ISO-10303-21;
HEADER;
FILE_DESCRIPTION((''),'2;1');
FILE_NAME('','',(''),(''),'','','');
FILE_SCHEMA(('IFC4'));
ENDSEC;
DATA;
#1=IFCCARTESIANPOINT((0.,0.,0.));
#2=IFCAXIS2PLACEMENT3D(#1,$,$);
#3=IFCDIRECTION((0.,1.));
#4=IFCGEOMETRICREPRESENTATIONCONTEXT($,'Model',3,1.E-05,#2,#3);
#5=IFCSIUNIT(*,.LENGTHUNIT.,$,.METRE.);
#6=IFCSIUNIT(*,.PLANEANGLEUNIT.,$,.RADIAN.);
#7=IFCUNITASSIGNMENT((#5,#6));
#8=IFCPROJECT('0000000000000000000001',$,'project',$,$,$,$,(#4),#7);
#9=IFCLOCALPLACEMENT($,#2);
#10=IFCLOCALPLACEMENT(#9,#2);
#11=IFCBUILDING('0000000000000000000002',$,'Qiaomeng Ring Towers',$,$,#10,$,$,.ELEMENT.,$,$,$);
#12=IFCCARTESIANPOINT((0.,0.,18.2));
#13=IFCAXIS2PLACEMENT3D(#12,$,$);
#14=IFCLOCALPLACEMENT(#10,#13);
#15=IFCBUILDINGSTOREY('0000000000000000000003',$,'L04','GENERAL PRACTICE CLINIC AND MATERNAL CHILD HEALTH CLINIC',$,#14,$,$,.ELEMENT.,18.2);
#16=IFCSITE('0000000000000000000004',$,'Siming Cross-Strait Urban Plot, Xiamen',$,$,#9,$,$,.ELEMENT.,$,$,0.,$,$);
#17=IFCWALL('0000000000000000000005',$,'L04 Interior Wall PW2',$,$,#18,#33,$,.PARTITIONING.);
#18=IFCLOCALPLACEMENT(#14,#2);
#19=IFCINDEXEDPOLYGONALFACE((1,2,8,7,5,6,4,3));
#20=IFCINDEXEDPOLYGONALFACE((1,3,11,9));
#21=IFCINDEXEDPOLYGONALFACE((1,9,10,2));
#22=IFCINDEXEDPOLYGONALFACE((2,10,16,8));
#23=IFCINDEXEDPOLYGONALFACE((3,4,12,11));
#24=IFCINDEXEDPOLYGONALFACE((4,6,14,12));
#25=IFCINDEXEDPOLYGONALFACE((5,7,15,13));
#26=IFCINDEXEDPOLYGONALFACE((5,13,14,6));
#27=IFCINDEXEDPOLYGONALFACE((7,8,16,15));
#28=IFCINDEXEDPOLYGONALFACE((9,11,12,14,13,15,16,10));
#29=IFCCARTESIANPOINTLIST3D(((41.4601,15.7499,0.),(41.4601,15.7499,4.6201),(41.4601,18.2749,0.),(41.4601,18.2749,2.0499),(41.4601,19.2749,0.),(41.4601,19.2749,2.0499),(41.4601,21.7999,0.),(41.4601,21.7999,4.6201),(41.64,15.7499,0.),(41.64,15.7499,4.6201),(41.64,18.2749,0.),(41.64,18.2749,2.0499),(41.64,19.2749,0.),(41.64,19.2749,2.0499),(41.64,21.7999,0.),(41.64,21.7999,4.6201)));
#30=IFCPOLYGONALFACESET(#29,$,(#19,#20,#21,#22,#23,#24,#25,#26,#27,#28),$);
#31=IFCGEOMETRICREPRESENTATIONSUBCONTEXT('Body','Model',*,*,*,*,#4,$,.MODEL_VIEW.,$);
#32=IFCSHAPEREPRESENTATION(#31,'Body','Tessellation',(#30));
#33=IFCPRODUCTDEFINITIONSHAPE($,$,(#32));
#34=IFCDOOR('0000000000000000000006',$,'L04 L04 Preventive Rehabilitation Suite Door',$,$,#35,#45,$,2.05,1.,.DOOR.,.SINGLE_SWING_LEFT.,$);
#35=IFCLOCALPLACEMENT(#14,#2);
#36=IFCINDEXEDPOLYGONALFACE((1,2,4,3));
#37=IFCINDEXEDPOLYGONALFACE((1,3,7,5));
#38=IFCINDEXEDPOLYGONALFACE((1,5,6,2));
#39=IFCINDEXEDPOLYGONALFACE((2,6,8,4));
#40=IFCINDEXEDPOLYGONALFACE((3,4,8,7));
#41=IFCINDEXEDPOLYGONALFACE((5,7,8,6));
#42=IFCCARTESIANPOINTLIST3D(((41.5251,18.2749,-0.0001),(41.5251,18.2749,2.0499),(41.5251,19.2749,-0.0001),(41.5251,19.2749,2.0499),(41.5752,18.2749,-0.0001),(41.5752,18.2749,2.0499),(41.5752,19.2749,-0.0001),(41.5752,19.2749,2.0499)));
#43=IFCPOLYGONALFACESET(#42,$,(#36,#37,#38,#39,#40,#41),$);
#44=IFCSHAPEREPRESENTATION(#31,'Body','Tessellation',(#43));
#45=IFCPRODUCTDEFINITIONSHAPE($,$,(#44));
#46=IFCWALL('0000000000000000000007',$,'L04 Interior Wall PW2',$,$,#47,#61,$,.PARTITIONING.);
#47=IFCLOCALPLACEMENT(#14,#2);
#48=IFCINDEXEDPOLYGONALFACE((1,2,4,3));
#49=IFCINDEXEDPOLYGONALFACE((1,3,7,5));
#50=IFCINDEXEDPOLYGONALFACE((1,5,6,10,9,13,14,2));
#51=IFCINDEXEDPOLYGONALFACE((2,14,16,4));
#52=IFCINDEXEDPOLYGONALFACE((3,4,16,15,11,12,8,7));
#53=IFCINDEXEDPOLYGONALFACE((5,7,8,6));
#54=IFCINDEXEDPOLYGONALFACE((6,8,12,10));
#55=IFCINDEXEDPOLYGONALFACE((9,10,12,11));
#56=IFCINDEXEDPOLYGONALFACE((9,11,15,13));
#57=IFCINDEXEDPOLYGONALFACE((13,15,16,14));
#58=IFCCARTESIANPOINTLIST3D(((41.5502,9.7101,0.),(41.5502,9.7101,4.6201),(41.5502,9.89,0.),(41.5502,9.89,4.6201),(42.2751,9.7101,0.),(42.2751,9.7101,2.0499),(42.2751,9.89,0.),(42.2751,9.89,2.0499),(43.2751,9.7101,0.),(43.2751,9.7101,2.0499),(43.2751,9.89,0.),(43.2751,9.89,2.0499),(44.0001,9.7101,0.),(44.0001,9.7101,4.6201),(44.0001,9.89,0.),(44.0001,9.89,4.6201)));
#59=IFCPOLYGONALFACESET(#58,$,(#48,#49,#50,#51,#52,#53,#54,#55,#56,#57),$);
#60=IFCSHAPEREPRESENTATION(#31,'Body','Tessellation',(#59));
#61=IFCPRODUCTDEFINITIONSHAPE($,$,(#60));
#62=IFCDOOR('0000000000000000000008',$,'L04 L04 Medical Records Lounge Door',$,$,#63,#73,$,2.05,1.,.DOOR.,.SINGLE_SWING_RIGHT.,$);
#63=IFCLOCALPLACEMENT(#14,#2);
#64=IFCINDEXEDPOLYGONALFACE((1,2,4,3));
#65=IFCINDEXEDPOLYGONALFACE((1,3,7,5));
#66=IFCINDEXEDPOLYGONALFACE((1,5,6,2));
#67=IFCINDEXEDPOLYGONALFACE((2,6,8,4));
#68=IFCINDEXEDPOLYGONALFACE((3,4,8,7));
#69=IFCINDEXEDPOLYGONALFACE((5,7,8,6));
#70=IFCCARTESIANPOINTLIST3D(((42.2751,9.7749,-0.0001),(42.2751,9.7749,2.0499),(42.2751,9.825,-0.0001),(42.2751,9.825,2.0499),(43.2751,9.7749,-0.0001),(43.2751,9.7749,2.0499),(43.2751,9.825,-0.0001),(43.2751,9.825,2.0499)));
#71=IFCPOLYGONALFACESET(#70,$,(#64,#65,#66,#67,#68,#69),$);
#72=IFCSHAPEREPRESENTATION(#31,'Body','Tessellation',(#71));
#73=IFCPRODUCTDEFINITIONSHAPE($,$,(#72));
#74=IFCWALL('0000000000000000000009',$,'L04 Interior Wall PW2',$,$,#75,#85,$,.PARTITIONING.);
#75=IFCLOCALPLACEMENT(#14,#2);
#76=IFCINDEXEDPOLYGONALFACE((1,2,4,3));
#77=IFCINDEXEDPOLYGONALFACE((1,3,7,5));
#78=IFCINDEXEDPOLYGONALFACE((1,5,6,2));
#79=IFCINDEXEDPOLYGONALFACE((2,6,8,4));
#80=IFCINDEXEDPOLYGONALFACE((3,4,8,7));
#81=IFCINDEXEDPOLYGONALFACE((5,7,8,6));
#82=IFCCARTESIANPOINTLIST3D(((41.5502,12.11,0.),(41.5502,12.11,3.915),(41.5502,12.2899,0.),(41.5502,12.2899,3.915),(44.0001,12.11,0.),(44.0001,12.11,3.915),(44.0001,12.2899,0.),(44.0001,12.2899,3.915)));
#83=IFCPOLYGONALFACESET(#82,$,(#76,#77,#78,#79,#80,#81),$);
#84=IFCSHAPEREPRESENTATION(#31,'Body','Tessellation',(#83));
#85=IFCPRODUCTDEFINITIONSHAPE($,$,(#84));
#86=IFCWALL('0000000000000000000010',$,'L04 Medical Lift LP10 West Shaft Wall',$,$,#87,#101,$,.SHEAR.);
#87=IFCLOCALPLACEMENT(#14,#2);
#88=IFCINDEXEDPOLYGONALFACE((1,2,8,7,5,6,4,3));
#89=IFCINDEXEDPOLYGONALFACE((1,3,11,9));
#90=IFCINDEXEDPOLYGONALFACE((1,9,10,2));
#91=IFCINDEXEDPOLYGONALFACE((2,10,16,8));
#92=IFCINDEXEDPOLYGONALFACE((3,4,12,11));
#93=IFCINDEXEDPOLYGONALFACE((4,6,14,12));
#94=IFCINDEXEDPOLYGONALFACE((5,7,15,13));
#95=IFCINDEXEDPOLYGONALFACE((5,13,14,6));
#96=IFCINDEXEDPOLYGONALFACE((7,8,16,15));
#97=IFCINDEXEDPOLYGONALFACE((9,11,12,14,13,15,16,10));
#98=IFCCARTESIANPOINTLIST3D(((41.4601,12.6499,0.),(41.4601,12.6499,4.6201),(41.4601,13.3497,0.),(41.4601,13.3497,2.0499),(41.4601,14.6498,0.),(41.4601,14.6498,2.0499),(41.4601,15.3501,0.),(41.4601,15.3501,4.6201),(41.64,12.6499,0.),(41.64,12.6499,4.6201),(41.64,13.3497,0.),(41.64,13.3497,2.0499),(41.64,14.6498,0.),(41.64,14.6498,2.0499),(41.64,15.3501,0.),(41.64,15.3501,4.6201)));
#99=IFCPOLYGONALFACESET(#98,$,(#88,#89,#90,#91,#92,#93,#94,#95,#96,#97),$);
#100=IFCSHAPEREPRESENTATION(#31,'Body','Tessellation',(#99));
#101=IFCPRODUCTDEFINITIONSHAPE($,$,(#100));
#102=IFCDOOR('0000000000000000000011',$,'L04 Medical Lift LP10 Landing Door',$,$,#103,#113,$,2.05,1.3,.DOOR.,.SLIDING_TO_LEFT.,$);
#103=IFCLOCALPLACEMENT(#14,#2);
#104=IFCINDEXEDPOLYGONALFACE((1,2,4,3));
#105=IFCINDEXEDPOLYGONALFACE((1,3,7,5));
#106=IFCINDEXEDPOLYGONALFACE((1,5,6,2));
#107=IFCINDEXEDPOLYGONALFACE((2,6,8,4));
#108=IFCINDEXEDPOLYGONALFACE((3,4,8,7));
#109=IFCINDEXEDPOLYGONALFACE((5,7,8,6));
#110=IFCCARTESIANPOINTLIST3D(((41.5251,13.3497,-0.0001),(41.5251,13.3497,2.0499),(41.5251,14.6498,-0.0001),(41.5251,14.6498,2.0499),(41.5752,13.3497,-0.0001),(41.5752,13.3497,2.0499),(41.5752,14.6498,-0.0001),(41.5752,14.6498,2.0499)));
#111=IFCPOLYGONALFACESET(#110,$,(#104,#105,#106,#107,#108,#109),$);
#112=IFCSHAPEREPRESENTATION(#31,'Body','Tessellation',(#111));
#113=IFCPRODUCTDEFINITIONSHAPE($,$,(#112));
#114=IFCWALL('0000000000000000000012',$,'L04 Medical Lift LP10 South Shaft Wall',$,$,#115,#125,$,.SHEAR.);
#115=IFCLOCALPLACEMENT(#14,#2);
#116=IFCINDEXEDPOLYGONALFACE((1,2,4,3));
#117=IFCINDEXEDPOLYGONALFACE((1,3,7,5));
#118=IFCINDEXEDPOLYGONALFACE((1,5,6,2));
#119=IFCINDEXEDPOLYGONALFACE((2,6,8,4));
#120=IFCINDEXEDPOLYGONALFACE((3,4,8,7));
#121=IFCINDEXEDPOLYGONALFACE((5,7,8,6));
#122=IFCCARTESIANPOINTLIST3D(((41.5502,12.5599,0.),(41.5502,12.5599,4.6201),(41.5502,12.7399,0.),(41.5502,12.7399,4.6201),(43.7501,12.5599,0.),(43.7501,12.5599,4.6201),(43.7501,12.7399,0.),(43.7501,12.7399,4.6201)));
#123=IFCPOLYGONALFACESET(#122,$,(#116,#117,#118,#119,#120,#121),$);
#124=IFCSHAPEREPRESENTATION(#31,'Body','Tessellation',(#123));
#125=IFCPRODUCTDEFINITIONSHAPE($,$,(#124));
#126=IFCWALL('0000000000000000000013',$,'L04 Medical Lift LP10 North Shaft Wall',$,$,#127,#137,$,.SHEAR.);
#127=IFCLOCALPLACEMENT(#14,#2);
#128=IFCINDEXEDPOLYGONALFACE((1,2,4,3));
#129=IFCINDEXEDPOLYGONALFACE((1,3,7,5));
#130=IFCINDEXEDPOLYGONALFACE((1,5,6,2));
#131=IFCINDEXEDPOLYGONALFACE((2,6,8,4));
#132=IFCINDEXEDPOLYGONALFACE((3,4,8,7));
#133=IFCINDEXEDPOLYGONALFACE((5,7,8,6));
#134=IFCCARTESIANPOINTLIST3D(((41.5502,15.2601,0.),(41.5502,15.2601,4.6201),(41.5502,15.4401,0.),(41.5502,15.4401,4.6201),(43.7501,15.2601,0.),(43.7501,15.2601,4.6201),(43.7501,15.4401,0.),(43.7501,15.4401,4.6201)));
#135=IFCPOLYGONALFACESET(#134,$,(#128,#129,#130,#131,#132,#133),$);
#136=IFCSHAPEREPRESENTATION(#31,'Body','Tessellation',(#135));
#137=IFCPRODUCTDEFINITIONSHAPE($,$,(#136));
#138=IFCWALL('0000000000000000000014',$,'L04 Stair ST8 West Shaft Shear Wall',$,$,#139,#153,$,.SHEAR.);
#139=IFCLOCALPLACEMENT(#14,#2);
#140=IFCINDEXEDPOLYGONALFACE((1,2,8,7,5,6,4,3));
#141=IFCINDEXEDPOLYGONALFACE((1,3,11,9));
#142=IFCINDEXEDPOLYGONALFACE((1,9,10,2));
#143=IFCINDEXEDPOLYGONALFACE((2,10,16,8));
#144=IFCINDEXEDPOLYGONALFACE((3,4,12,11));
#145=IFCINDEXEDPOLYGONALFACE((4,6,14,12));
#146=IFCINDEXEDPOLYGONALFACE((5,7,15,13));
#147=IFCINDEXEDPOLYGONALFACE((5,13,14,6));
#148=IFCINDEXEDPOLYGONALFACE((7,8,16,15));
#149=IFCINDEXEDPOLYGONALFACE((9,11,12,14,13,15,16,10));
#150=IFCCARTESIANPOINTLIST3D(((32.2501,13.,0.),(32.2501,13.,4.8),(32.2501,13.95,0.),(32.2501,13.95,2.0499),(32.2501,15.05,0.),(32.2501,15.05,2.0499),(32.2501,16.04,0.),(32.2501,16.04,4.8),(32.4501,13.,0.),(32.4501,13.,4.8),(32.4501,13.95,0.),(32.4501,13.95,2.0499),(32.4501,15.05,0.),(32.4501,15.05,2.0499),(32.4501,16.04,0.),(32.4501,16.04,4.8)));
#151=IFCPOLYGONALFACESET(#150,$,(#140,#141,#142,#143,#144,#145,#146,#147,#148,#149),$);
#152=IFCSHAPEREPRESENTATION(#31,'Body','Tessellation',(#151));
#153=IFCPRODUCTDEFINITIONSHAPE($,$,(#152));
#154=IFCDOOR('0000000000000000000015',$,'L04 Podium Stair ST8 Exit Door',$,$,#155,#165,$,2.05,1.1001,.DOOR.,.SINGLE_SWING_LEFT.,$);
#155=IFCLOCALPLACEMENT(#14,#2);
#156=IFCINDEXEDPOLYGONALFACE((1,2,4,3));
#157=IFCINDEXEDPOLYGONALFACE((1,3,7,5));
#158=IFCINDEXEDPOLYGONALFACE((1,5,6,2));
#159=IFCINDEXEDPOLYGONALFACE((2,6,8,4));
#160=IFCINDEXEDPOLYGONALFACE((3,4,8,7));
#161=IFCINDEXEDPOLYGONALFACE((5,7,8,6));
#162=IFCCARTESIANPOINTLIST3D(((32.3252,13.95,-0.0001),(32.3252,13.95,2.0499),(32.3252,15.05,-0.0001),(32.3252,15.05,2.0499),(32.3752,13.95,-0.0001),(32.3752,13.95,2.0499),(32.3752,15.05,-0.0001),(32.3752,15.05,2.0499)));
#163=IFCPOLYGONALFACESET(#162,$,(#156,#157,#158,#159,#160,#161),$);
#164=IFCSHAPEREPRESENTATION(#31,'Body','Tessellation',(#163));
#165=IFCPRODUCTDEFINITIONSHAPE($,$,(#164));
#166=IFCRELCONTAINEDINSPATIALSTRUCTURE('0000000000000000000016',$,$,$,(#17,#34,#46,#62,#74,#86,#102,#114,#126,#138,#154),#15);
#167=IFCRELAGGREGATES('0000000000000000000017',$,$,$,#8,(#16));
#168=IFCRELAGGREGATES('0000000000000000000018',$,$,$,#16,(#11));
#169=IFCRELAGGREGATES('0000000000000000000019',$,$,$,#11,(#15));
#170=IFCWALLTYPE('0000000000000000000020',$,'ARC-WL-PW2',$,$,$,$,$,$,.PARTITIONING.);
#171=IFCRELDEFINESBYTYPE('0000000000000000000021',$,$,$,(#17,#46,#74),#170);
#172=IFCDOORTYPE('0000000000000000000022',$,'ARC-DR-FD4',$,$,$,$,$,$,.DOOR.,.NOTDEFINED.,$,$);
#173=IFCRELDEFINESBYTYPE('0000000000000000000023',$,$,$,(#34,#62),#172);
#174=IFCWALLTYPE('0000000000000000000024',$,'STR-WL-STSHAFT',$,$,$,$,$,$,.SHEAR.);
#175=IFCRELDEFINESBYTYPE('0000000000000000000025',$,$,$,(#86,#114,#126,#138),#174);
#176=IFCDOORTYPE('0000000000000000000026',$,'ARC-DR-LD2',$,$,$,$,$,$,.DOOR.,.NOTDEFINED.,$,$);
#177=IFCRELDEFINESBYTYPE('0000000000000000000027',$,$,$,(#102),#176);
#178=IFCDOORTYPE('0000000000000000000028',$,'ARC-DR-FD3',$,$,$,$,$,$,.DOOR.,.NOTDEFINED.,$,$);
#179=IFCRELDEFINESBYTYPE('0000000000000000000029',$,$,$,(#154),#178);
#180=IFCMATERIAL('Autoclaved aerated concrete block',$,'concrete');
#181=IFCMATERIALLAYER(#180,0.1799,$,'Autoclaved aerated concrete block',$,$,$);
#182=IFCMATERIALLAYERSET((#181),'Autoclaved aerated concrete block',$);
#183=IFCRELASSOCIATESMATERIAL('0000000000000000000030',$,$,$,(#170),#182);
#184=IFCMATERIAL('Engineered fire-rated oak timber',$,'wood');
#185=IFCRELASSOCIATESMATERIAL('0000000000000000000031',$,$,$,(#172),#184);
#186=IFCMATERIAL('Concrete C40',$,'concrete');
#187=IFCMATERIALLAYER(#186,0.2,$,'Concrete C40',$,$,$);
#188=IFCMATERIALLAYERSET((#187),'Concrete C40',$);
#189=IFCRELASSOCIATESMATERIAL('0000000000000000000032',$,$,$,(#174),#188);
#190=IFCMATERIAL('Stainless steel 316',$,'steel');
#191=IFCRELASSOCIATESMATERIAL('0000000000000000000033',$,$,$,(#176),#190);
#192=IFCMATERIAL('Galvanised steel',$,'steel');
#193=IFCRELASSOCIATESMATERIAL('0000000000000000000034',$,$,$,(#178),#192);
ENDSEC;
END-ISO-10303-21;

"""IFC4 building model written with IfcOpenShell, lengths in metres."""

from ifc_helpers import new_model, si_unit, direction, frame, frame_2d, origin, place, context, subcontext, project, spatial, rectangle, extrude, source, transform, mapped, material, layer, layer_set, type_object, element, fill, save


model = new_model("IFC4")

# Units and contexts
model_context = context("Model", 3, precision=1e-05, world=origin(), true_north=direction((0.0, 1.0)))
body_context = subcontext(model_context, "Body", "Model", "MODEL_VIEW")
ifc_project = project(units=[si_unit("LENGTHUNIT", "METRE"), si_unit("PLANEANGLEUNIT", "RADIAN")], contexts=[model_context])

# Site, building, storey
site_placement = place(None, origin())
site = spatial("IfcSite", under=ifc_project, at=site_placement, Name="Siming Cross-Strait Urban Plot, Xiamen", CompositionType="ELEMENT", RefElevation=0.0)
building_placement = place(site_placement, origin())
building = spatial("IfcBuilding", under=site, at=building_placement, Name="Qiaomeng Ring Towers", CompositionType="ELEMENT")
storey_placement = place(building_placement, frame((0.0, 0.0, 18.2)))
storey = spatial("IfcBuildingStorey", under=building, at=storey_placement, Name="L04", Description="GENERAL PRACTICE CLINIC AND MATERNAL CHILD HEALTH CLINIC", CompositionType="ELEMENT", Elevation=18.2)

# Shared definitions
ifc_material_1 = material(Name="Autoclaved aerated concrete block", Category="concrete")
ifc_layer_1 = layer(ifc_material_1, 0.1799, Name="Autoclaved aerated concrete block")
ifc_layer_set_1 = layer_set([ifc_layer_1], Name="Autoclaved aerated concrete block")
wall_type_1 = type_object("IfcWallType", Name="ARC-WL-PW2", PredefinedType="PARTITIONING", material=ifc_layer_set_1)

# Shared definitions
ifc_material_2 = material(Name="Engineered fire-rated oak timber", Category="wood")
door_type_1 = type_object("IfcDoorType", Name="ARC-DR-FD4", OperationType="NOTDEFINED", PredefinedType="DOOR", material=ifc_material_2)
shared_shape_1 = source(origin(), body_context, "Body", "SweptSolid", [
    extrude(rectangle(XDim=1.0, YDim=2.05, at=frame_2d((0.5, 1.0249))), frame((0.0, 0.0249, 0.0), z_axis=(0.0, -1.0, 0.0), x_axis=(1.0, 0.0, 0.0)), (0.0, 0.0, 1.0), 0.05),
])

# Walls, openings, doors
wall_1_placement = place(storey_placement, frame((41.55, 15.75, 0.0), z_axis=(0.0, 0.0, 1.0), x_axis=(0.0, 1.0, 0.0)))
wall_1 = element("IfcWall", 1, at=wall_1_placement, inside=storey, type_object=wall_type_1, Name="L04 Interior Wall PW2", PredefinedType="PARTITIONING", context=body_context, shape_type="SweptSolid", body=[
    extrude(rectangle(XDim=6.05, YDim=0.1799, at=frame_2d((3.0249, 0.0))), origin(), (0.0, 0.0, 1.0), 4.6201),
])
opening_1_placement = place(wall_1_placement, frame((2.5249, 0.0, 0.0)))
opening_1 = element("IfcOpeningElement", 2, at=opening_1_placement, cuts=wall_1, PredefinedType="OPENING", context=body_context, shape_type="SweptSolid", body=[
    extrude(rectangle(XDim=1.0, YDim=2.05, at=frame_2d((0.5, 1.0249))), frame((0.0, 0.0999, 0.0), z_axis=(0.0, -1.0, 0.0), x_axis=(1.0, 0.0, 0.0)), (0.0, 0.0, 1.0), 0.2),
])
door_1_placement = place(opening_1_placement, origin())
door_1 = element("IfcDoor", 3, at=door_1_placement, inside=storey, type_object=door_type_1, Name="L04 L04 Preventive Rehabilitation Suite Door", OperationType="SINGLE_SWING_LEFT", OverallHeight=2.05, OverallWidth=1.0, PredefinedType="DOOR", context=body_context, shape_type="MappedRepresentation", body=[
    mapped(shared_shape_1, transform((0.0, 0.0, 0.0), x_axis=(1.0, 0.0, 0.0), y_axis=(0.0, 1.0, 0.0), z_axis=(0.0, 0.0, 1.0), scale=1.0)),
])
fill(opening_1, door_1)
wall_2_placement = place(storey_placement, frame((41.55, 9.8, 0.0), z_axis=(0.0, 0.0, 1.0), x_axis=(1.0, 0.0, 0.0)))
wall_2 = element("IfcWall", 4, at=wall_2_placement, inside=storey, type_object=wall_type_1, Name="L04 Interior Wall PW2", PredefinedType="PARTITIONING", context=body_context, shape_type="SweptSolid", body=[
    extrude(rectangle(XDim=2.45, YDim=0.1799, at=frame_2d((1.2251, 0.0))), origin(), (0.0, 0.0, 1.0), 4.6201),
])
opening_2_placement = place(wall_2_placement, frame((0.7251, 0.0, 0.0)))
opening_2 = element("IfcOpeningElement", 5, at=opening_2_placement, cuts=wall_2, PredefinedType="OPENING", context=body_context, shape_type="SweptSolid", body=[
    extrude(rectangle(XDim=1.0, YDim=2.05, at=frame_2d((0.5, 1.0249))), frame((0.0, 0.0999, 0.0), z_axis=(0.0, -1.0, 0.0), x_axis=(1.0, 0.0, 0.0)), (0.0, 0.0, 1.0), 0.2),
])
door_2_placement = place(opening_2_placement, origin())
door_2 = element("IfcDoor", 6, at=door_2_placement, inside=storey, type_object=door_type_1, Name="L04 L04 Medical Records Lounge Door", OperationType="SINGLE_SWING_RIGHT", OverallHeight=2.05, OverallWidth=1.0, PredefinedType="DOOR", context=body_context, shape_type="MappedRepresentation", body=[
    mapped(shared_shape_1, transform((0.0, 0.0, 0.0), x_axis=(1.0, 0.0, 0.0), y_axis=(0.0, 1.0, 0.0), z_axis=(0.0, 0.0, 1.0), scale=1.0)),
])
fill(opening_2, door_2)

# Wall
wall_3_placement = place(storey_placement, frame((41.55, 12.2, 0.0), z_axis=(0.0, 0.0, 1.0), x_axis=(1.0, 0.0, 0.0)))
element("IfcWall", 7, at=wall_3_placement, inside=storey, type_object=wall_type_1, Name="L04 Interior Wall PW2", PredefinedType="PARTITIONING", context=body_context, shape_type="SweptSolid", body=[
    extrude(rectangle(XDim=2.45, YDim=0.1799, at=frame_2d((1.2251, 0.0))), origin(), (0.0, 0.0, 1.0), 3.915),
])

# Wall, opening, door
ifc_material_3 = material(Name="Concrete C40", Category="concrete")
ifc_layer_2 = layer(ifc_material_3, 0.2, Name="Concrete C40")
ifc_layer_set_2 = layer_set([ifc_layer_2], Name="Concrete C40")
wall_type_2 = type_object("IfcWallType", Name="STR-WL-STSHAFT", PredefinedType="SHEAR", material=ifc_layer_set_2)
wall_4_placement = place(storey_placement, frame((41.55, 12.6499, 0.0), z_axis=(0.0, 0.0, 1.0), x_axis=(0.0, 1.0, 0.0)))
wall_4 = element("IfcWall", 8, at=wall_4_placement, inside=storey, type_object=wall_type_2, Name="L04 Medical Lift LP10 West Shaft Wall", PredefinedType="SHEAR", context=body_context, shape_type="SweptSolid", body=[
    extrude(rectangle(XDim=2.7002, YDim=0.1799, at=frame_2d((1.3501, 0.0))), origin(), (0.0, 0.0, 1.0), 4.6201),
])
opening_3_placement = place(wall_4_placement, frame((0.7, 0.0, 0.0)))
opening_3 = element("IfcOpeningElement", 9, at=opening_3_placement, cuts=wall_4, PredefinedType="OPENING", context=body_context, shape_type="SweptSolid", body=[
    extrude(rectangle(XDim=1.3, YDim=2.05, at=frame_2d((0.6499, 1.0249))), frame((0.0, 0.0999, 0.0), z_axis=(0.0, -1.0, 0.0), x_axis=(1.0, 0.0, 0.0)), (0.0, 0.0, 1.0), 0.2),
])
ifc_material_4 = material(Name="Stainless steel 316", Category="steel")
door_type_2 = type_object("IfcDoorType", Name="ARC-DR-LD2", OperationType="NOTDEFINED", PredefinedType="DOOR", material=ifc_material_4)
shared_shape_2 = source(origin(), body_context, "Body", "SweptSolid", [
    extrude(rectangle(XDim=1.3, YDim=2.05, at=frame_2d((0.6499, 1.0249))), frame((0.0, 0.0249, 0.0), z_axis=(0.0, -1.0, 0.0), x_axis=(1.0, 0.0, 0.0)), (0.0, 0.0, 1.0), 0.05),
])
door_3_placement = place(opening_3_placement, origin())
door_3 = element("IfcDoor", 10, at=door_3_placement, inside=storey, type_object=door_type_2, Name="L04 Medical Lift LP10 Landing Door", OperationType="SLIDING_TO_LEFT", OverallHeight=2.05, OverallWidth=1.3, PredefinedType="DOOR", context=body_context, shape_type="MappedRepresentation", body=[
    mapped(shared_shape_2, transform((0.0, 0.0, 0.0), x_axis=(1.0, 0.0, 0.0), y_axis=(0.0, 1.0, 0.0), z_axis=(0.0, 0.0, 1.0), scale=1.0)),
])
fill(opening_3, door_3)

# Walls
for number, where, z_axis, x_axis, name in (
    (11, (41.55, 12.6499, 0.0), (0.0, 0.0, 1.0), (1.0, 0.0, 0.0), "L04 Medical Lift LP10 South Shaft Wall"),
    (12, (41.55, 15.3501, 0.0), (0.0, 0.0, 1.0), (1.0, 0.0, 0.0), "L04 Medical Lift LP10 North Shaft Wall"),
):
    element("IfcWall", number, at=place(storey_placement, frame(where, z_axis=z_axis, x_axis=x_axis)), inside=storey, type_object=wall_type_2, Name=name, PredefinedType="SHEAR", context=body_context, shape_type="SweptSolid", body=[
        extrude(rectangle(XDim=2.2, YDim=0.1799, at=frame_2d((1.1001, 0.0))), origin(), (0.0, 0.0, 1.0), 4.6201),
    ])

# Wall, opening, door
wall_5_placement = place(storey_placement, frame((32.3501, 13.0, 0.0), z_axis=(0.0, 0.0, 1.0), x_axis=(0.0, 1.0, 0.0)))
wall_5 = element("IfcWall", 13, at=wall_5_placement, inside=storey, type_object=wall_type_2, Name="L04 Stair ST8 West Shaft Shear Wall", PredefinedType="SHEAR", context=body_context, shape_type="SweptSolid", body=[
    extrude(rectangle(XDim=3.04, YDim=0.2, at=frame_2d((1.52, 0.0))), origin(), (0.0, 0.0, 1.0), 4.8),
])
opening_4_placement = place(wall_5_placement, frame((0.95, 0.0, 0.0)))
opening_4 = element("IfcOpeningElement", 14, at=opening_4_placement, cuts=wall_5, PredefinedType="OPENING", context=body_context, shape_type="SweptSolid", body=[
    extrude(rectangle(XDim=1.1001, YDim=2.05, at=frame_2d((0.55, 1.0249))), frame((0.0, 0.1099, 0.0), z_axis=(0.0, -1.0, 0.0), x_axis=(1.0, 0.0, 0.0)), (0.0, 0.0, 1.0), 0.22),
])
ifc_material_5 = material(Name="Galvanised steel", Category="steel")
door_type_3 = type_object("IfcDoorType", Name="ARC-DR-FD3", OperationType="NOTDEFINED", PredefinedType="DOOR", material=ifc_material_5)
shared_shape_3 = source(origin(), body_context, "Body", "SweptSolid", [
    extrude(rectangle(XDim=1.1001, YDim=2.05, at=frame_2d((0.55, 1.0249))), frame((0.0, 0.0249, 0.0), z_axis=(0.0, -1.0, 0.0), x_axis=(1.0, 0.0, 0.0)), (0.0, 0.0, 1.0), 0.05),
])
door_4_placement = place(opening_4_placement, origin())
door_4 = element("IfcDoor", 15, at=door_4_placement, inside=storey, type_object=door_type_3, Name="L04 Podium Stair ST8 Exit Door", OperationType="SINGLE_SWING_LEFT", OverallHeight=2.05, OverallWidth=1.1001, PredefinedType="DOOR", context=body_context, shape_type="MappedRepresentation", body=[
    mapped(shared_shape_3, transform((0.0, 0.0, 0.0), x_axis=(1.0, 0.0, 0.0), y_axis=(0.0, 1.0, 0.0), z_axis=(0.0, 0.0, 1.0), scale=1.0)),
])
fill(opening_4, door_4)

save(model, "model.ifc")
